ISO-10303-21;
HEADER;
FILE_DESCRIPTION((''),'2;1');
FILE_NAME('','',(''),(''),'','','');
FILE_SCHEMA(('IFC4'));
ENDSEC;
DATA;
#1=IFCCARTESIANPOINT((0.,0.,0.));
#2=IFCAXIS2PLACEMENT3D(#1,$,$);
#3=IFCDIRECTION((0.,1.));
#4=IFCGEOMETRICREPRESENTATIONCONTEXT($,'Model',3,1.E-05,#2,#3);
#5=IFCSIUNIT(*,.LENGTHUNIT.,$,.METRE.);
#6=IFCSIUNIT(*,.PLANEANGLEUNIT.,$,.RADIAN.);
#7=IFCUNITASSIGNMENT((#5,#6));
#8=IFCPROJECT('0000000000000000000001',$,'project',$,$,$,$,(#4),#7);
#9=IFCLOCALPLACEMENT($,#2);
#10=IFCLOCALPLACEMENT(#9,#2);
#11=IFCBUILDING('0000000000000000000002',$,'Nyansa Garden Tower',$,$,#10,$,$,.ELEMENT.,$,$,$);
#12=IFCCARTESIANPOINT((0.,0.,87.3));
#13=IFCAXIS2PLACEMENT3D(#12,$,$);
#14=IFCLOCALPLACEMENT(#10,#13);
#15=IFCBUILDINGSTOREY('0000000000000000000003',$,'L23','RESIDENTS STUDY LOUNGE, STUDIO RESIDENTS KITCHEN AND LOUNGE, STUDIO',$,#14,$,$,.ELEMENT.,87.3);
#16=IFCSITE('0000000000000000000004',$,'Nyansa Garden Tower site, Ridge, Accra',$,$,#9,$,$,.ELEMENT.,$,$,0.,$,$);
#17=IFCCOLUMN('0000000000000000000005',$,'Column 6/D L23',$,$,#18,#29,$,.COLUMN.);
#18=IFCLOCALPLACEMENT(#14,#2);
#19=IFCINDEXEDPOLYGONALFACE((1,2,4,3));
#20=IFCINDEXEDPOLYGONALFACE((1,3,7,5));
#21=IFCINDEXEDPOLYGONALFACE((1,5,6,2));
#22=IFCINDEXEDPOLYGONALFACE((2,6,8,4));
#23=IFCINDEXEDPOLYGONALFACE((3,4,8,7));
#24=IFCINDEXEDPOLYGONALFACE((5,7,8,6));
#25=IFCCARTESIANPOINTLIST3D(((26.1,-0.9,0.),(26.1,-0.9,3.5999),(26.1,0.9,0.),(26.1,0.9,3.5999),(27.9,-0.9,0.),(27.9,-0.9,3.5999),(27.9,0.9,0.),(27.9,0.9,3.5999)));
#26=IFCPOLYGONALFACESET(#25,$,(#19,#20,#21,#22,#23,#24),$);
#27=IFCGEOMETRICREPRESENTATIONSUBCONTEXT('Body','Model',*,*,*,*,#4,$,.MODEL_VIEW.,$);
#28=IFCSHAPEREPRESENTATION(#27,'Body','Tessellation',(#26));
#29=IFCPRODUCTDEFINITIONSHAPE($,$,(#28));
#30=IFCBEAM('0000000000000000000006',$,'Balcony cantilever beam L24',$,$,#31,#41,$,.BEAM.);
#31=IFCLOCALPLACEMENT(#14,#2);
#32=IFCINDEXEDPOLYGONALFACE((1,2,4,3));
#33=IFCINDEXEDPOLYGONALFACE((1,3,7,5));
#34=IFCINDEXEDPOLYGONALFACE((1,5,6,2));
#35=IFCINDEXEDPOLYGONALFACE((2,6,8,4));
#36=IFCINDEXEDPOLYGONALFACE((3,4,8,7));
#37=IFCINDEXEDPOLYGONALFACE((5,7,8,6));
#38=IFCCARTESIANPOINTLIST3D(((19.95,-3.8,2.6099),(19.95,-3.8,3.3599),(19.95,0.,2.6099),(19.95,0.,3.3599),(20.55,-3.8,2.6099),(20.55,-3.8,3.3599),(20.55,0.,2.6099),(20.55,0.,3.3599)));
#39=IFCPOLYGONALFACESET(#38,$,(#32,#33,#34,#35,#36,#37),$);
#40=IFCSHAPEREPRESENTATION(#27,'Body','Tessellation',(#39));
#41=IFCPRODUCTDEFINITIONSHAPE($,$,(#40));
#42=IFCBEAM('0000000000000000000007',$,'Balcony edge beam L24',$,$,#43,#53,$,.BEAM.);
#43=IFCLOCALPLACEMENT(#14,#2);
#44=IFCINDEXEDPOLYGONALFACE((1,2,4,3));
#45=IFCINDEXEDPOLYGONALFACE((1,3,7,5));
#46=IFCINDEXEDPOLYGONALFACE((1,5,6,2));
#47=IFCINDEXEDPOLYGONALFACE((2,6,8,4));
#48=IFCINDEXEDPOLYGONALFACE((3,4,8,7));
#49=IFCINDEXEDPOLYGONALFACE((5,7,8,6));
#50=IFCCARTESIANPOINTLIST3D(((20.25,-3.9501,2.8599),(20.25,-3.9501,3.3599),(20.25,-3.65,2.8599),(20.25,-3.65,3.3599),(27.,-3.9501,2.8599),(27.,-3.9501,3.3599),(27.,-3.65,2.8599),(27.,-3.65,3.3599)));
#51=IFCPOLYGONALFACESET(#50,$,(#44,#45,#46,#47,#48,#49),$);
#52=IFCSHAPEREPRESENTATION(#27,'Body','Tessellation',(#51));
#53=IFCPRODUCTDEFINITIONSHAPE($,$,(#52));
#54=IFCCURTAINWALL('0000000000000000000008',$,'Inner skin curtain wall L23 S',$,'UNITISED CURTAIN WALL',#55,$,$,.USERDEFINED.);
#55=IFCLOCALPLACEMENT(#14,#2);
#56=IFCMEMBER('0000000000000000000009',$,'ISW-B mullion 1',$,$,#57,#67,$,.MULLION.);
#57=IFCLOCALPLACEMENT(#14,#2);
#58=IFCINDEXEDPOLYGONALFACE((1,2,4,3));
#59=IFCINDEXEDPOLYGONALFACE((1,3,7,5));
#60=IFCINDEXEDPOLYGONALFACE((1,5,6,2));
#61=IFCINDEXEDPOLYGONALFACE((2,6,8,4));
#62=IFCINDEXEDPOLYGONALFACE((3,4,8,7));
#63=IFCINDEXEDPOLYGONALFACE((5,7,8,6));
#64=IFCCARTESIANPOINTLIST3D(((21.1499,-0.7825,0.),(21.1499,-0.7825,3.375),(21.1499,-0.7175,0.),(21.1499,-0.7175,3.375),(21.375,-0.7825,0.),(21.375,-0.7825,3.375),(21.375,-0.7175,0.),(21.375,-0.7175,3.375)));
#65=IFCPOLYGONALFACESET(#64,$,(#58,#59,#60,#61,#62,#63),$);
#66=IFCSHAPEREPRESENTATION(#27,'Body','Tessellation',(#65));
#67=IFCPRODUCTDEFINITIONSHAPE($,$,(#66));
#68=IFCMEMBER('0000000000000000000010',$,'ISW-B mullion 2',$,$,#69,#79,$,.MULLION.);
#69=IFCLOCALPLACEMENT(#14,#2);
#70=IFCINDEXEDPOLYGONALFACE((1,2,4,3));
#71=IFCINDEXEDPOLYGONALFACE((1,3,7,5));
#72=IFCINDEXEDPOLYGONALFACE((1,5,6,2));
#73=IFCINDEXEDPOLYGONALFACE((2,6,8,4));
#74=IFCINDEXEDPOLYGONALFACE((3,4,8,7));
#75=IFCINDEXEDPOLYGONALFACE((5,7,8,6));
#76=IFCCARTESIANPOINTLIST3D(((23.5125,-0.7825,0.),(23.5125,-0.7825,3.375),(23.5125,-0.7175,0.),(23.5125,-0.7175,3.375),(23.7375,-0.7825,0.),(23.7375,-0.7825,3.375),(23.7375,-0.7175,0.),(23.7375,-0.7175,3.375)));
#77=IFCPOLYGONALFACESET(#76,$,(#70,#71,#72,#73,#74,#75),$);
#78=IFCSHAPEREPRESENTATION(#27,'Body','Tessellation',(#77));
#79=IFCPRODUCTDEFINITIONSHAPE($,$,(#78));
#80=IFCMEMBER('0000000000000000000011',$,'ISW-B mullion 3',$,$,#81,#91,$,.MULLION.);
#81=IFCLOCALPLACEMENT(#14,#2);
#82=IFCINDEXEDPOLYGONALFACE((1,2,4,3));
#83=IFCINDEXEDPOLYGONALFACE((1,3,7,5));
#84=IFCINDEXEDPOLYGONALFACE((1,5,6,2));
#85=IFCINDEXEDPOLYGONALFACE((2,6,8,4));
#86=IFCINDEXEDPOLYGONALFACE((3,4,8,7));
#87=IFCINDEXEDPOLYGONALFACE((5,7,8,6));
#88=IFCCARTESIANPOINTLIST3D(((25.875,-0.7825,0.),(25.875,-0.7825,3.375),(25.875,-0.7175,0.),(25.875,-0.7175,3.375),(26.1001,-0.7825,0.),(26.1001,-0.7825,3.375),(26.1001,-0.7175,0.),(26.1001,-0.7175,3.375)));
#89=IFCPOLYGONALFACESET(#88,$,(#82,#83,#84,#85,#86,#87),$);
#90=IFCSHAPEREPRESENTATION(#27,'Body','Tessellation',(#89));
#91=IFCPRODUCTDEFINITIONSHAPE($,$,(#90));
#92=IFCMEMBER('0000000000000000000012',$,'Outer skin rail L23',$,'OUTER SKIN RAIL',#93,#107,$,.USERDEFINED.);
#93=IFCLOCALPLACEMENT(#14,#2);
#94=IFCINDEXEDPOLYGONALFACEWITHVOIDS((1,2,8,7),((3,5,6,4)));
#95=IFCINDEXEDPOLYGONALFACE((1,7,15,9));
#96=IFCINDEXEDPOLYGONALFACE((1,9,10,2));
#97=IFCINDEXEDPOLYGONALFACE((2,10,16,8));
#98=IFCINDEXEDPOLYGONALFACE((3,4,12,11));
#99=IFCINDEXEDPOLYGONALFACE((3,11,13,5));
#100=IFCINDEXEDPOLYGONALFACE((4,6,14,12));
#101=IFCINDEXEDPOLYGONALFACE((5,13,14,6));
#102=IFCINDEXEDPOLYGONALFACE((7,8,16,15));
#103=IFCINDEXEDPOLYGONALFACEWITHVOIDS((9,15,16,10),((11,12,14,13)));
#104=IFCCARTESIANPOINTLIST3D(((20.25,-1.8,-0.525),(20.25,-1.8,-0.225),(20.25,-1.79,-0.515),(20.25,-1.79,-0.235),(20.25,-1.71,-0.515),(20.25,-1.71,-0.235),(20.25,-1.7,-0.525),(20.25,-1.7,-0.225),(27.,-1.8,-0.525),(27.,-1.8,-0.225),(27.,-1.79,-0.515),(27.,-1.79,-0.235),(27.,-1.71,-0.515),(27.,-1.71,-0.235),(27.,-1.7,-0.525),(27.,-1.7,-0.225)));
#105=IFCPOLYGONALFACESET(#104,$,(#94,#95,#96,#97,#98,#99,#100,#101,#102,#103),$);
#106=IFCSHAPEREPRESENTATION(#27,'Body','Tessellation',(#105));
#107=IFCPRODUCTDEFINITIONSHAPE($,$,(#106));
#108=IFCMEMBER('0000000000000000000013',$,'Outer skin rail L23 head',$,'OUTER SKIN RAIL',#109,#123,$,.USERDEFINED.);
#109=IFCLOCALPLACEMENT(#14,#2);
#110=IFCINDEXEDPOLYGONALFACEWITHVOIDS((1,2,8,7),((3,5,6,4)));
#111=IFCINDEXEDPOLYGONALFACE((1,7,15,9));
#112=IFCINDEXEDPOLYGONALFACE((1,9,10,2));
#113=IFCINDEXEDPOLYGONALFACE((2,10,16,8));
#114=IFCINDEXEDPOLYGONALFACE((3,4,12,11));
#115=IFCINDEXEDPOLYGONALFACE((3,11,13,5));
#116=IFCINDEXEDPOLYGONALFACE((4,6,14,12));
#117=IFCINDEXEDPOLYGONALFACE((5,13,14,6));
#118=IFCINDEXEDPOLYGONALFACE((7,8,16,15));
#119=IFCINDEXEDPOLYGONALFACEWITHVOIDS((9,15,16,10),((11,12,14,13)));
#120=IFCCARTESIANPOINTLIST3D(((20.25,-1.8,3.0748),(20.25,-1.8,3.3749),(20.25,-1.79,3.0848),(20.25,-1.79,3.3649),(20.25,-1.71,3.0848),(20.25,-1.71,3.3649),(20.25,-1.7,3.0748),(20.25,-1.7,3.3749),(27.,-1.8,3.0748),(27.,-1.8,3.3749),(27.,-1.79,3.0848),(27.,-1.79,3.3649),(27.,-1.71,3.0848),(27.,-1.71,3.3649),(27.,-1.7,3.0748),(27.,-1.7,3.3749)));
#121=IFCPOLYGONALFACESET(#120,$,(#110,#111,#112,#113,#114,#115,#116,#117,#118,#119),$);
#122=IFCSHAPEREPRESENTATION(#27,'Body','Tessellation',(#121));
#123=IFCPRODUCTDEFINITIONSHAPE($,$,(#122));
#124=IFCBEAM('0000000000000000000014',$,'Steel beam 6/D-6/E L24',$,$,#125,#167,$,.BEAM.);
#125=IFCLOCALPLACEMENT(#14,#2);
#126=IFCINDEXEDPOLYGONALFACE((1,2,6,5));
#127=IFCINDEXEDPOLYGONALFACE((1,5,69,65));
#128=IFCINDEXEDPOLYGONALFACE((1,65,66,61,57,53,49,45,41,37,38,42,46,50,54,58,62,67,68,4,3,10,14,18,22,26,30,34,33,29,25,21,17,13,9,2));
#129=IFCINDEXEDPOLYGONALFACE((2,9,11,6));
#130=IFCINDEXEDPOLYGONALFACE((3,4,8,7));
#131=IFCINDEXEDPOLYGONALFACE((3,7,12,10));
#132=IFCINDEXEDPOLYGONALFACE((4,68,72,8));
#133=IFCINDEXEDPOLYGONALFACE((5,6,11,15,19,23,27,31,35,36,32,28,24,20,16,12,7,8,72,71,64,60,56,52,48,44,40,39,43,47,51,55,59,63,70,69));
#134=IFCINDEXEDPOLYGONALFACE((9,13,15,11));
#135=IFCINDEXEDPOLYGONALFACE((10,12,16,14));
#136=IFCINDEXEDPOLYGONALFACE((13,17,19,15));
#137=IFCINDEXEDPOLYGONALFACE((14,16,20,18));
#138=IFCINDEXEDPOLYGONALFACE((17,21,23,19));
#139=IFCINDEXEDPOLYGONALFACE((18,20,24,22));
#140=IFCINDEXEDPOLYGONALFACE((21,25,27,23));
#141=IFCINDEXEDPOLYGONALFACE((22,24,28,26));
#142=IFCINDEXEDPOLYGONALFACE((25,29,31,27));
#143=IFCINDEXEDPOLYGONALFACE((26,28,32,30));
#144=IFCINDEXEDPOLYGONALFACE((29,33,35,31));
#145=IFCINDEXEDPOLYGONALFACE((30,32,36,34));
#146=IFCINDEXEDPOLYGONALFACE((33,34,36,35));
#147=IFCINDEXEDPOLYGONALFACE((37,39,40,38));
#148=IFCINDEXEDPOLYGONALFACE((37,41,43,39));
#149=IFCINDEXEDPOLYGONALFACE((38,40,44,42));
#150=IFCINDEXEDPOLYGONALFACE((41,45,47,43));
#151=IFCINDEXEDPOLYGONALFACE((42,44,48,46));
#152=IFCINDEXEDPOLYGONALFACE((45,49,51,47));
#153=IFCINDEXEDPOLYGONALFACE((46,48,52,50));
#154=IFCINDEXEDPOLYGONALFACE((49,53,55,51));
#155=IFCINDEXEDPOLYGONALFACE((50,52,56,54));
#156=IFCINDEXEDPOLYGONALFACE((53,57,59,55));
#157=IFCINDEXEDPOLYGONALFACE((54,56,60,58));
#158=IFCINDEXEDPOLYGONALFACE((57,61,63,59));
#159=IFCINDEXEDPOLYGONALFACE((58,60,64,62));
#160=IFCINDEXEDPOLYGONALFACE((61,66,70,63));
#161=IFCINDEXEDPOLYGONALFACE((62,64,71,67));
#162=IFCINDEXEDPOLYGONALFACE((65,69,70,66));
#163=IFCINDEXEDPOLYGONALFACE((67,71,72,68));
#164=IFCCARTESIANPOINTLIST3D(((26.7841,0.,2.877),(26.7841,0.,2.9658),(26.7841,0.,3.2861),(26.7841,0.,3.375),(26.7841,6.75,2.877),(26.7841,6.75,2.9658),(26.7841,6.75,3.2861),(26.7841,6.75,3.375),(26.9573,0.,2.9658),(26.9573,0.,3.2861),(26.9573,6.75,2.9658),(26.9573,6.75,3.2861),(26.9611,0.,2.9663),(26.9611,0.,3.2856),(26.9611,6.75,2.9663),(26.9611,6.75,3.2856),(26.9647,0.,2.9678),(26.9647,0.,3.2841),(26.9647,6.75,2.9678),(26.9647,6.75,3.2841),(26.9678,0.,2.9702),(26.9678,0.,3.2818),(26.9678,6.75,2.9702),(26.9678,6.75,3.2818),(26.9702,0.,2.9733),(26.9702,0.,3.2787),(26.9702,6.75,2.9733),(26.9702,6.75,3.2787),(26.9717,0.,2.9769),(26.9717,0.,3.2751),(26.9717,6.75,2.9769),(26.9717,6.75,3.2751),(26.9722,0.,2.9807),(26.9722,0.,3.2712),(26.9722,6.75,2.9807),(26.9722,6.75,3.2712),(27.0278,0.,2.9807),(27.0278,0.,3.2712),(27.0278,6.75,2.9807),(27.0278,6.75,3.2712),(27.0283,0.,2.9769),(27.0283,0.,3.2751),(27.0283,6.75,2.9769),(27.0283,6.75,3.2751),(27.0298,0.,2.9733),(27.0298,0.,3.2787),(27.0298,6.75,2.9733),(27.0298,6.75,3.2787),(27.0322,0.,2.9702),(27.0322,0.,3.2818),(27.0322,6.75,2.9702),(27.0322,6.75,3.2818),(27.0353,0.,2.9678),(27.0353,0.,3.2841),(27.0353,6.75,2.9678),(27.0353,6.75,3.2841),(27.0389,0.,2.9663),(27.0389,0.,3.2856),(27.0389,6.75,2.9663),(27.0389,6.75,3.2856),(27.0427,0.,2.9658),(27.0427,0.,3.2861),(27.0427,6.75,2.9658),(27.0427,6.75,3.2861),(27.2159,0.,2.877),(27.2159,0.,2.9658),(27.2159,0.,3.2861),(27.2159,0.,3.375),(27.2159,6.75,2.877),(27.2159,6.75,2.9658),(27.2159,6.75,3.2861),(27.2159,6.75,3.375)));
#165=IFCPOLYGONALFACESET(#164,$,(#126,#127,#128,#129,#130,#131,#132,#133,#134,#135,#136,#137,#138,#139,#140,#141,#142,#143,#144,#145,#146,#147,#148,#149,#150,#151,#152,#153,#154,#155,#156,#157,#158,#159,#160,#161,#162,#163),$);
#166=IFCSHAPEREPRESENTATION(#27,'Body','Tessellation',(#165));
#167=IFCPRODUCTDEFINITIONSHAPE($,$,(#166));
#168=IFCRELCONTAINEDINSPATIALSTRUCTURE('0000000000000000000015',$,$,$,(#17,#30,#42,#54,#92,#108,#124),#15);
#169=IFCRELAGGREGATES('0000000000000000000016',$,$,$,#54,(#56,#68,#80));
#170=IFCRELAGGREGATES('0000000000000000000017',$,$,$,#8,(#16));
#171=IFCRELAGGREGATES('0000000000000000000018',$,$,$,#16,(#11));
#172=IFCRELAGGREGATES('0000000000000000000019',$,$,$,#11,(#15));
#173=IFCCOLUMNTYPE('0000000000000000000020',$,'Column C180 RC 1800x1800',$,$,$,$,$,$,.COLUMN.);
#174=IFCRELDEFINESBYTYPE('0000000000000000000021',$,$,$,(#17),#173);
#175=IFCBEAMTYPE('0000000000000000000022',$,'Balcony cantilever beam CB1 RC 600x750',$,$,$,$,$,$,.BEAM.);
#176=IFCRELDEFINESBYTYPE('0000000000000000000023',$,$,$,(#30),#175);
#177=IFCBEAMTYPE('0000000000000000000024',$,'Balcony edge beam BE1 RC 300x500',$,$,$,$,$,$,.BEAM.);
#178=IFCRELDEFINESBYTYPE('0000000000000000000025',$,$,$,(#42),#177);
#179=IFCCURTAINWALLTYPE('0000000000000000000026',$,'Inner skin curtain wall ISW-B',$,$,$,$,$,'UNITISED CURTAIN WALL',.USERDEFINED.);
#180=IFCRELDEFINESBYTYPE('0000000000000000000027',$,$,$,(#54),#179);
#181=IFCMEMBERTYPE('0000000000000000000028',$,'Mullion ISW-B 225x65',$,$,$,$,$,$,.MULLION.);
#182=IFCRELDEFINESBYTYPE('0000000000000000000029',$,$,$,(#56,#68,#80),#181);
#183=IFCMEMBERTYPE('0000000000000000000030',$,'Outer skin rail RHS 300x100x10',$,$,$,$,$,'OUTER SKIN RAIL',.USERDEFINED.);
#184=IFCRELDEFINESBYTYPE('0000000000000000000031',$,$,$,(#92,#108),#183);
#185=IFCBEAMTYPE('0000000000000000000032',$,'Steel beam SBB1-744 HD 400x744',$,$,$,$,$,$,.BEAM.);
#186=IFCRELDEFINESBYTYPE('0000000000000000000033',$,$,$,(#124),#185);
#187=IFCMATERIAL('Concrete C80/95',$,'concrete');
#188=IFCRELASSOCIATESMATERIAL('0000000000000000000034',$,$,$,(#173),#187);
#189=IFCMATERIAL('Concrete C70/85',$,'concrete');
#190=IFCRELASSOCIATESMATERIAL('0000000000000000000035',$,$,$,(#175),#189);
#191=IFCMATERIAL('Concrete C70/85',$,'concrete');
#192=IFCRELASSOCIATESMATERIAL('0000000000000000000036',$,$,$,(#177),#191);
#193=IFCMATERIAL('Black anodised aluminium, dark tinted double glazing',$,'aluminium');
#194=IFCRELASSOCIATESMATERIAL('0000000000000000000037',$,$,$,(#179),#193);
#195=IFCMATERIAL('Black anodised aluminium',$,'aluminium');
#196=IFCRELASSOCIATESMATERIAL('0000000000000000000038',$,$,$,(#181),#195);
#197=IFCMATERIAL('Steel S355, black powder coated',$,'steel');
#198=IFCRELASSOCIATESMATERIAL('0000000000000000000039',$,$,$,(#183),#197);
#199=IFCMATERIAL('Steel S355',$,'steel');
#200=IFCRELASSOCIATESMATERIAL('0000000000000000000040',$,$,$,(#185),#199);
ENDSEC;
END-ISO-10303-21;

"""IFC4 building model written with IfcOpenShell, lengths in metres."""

from ifc_helpers import new_model, si_unit, direction, frame, origin, origin_2d, place, context, subcontext, project, spatial, rectangle, hollow_rectangle, i_section, extrude, material, material_profile, profile_set, type_object, element, aggregate, save


model = new_model("IFC4")

# Units and contexts
model_context = context("Model", 3, precision=1e-05, world=origin(), true_north=direction((0.0, 1.0)))
body_context = subcontext(model_context, "Body", "Model", "MODEL_VIEW")
ifc_project = project(units=[si_unit("LENGTHUNIT", "METRE"), si_unit("PLANEANGLEUNIT", "RADIAN")], contexts=[model_context])

# Site, building, storey
site_placement = place(None, origin())
site = spatial("IfcSite", under=ifc_project, at=site_placement, Name="Nyansa Garden Tower site, Ridge, Accra", CompositionType="ELEMENT", RefElevation=0.0)
building_placement = place(site_placement, origin())
building = spatial("IfcBuilding", under=site, at=building_placement, Name="Nyansa Garden Tower", CompositionType="ELEMENT")
storey_placement = place(building_placement, frame((0.0, 0.0, 87.3)))
storey = spatial("IfcBuildingStorey", under=building, at=storey_placement, Name="L23", Description="RESIDENTS STUDY LOUNGE, STUDIO RESIDENTS KITCHEN AND LOUNGE, STUDIO", CompositionType="ELEMENT", Elevation=87.3)

# Column
ifc_material_1 = material(Name="Concrete C80/95", Category="concrete")
ifc_material_profile_1 = material_profile(ifc_material_1, rectangle(XDim=1.8, YDim=1.8, at=origin_2d()), Name="RC 1800x1800")
ifc_profile_set_1 = profile_set([ifc_material_profile_1], Name="Concrete C80/95")
column_type = type_object("IfcColumnType", Name="Column C180 RC 1800x1800", PredefinedType="COLUMN", material=ifc_profile_set_1)
column_placement = place(storey_placement, frame((27.0, 0.0, 0.0), z_axis=(0.0, 0.0, 1.0), x_axis=(1.0, 0.0, 0.0)))
element("IfcColumn", 1, at=column_placement, inside=storey, type_object=column_type, Name="Column 6/D L23", PredefinedType="COLUMN", context=body_context, shape_type="SweptSolid", body=[
    extrude(rectangle(XDim=1.8, YDim=1.8, at=origin_2d()), origin(), (0.0, 0.0, 1.0), 3.5999),
])

# Beams
ifc_material_2 = material(Name="Concrete C70/85", Category="concrete")
ifc_material_profile_2 = material_profile(ifc_material_2, rectangle(XDim=0.6001, YDim=0.75, at=origin_2d()), Name="RC 600x750")
ifc_profile_set_2 = profile_set([ifc_material_profile_2], Name="Concrete C70/85")
beam_type_1 = type_object("IfcBeamType", Name="Balcony cantilever beam CB1 RC 600x750", PredefinedType="BEAM", material=ifc_profile_set_2)
beam_1_placement = place(storey_placement, frame((20.25, 0.0, 2.9849), z_axis=(0.0, -1.0, 0.0), x_axis=(1.0, 0.0, 0.0)))
element("IfcBeam", 2, at=beam_1_placement, inside=storey, type_object=beam_type_1, Name="Balcony cantilever beam L24", PredefinedType="BEAM", context=body_context, shape_type="SweptSolid", body=[
    extrude(rectangle(XDim=0.6001, YDim=0.75, at=origin_2d()), origin(), (0.0, 0.0, 1.0), 3.8),
])
ifc_material_3 = material(Name="Concrete C70/85", Category="concrete")
ifc_material_profile_3 = material_profile(ifc_material_3, rectangle(XDim=0.3, YDim=0.5, at=origin_2d()), Name="RC 300x500")
ifc_profile_set_3 = profile_set([ifc_material_profile_3], Name="Concrete C70/85")
beam_type_2 = type_object("IfcBeamType", Name="Balcony edge beam BE1 RC 300x500", PredefinedType="BEAM", material=ifc_profile_set_3)
beam_2_placement = place(storey_placement, frame((20.25, -3.8, 3.1099), z_axis=(1.0, 0.0, 0.0), x_axis=(0.0, 1.0, 0.0)))
element("IfcBeam", 3, at=beam_2_placement, inside=storey, type_object=beam_type_2, Name="Balcony edge beam L24", PredefinedType="BEAM", context=body_context, shape_type="SweptSolid", body=[
    extrude(rectangle(XDim=0.3, YDim=0.5, at=origin_2d()), origin(), (0.0, 0.0, 1.0), 6.75),
])

# Curtain wall, members
ifc_material_4 = material(Name="Black anodised aluminium, dark tinted double glazing", Category="aluminium")
curtain_wall_type = type_object("IfcCurtainWallType", Name="Inner skin curtain wall ISW-B", ElementType="UNITISED CURTAIN WALL", PredefinedType="USERDEFINED", material=ifc_material_4)
curtain_wall_placement = place(storey_placement, origin())
curtain_wall = element("IfcCurtainWall", 4, at=curtain_wall_placement, inside=storey, type_object=curtain_wall_type, Name="Inner skin curtain wall L23 S", ObjectType="UNITISED CURTAIN WALL", PredefinedType="USERDEFINED")
ifc_material_5 = material(Name="Black anodised aluminium", Category="aluminium")
ifc_material_profile_4 = material_profile(ifc_material_5, rectangle(XDim=0.0649, YDim=0.2251, at=origin_2d()), Name="Mullion 225x65")
ifc_profile_set_4 = profile_set([ifc_material_profile_4], Name="Black anodised aluminium")
member_type_1 = type_object("IfcMemberType", Name="Mullion ISW-B 225x65", PredefinedType="MULLION", material=ifc_profile_set_4)
member_1_placement = place(storey_placement, frame((21.2625, -0.75, 0.0), z_axis=(0.0, 0.0, 1.0), x_axis=(0.0, 1.0, 0.0)))
member_1 = element("IfcMember", 5, at=member_1_placement, type_object=member_type_1, Name="ISW-B mullion 1", PredefinedType="MULLION", context=body_context, shape_type="SweptSolid", body=[
    extrude(rectangle(XDim=0.0649, YDim=0.2251, at=origin_2d()), origin(), (0.0, 0.0, 1.0), 3.375),
])
member_2_placement = place(storey_placement, frame((23.625, -0.75, 0.0), z_axis=(0.0, 0.0, 1.0), x_axis=(0.0, 1.0, 0.0)))
member_2 = element("IfcMember", 6, at=member_2_placement, type_object=member_type_1, Name="ISW-B mullion 2", PredefinedType="MULLION", context=body_context, shape_type="SweptSolid", body=[
    extrude(rectangle(XDim=0.0649, YDim=0.2251, at=origin_2d()), origin(), (0.0, 0.0, 1.0), 3.375),
])
member_3_placement = place(storey_placement, frame((25.9875, -0.75, 0.0), z_axis=(0.0, 0.0, 1.0), x_axis=(0.0, 1.0, 0.0)))
member_3 = element("IfcMember", 7, at=member_3_placement, type_object=member_type_1, Name="ISW-B mullion 3", PredefinedType="MULLION", context=body_context, shape_type="SweptSolid", body=[
    extrude(rectangle(XDim=0.0649, YDim=0.2251, at=origin_2d()), origin(), (0.0, 0.0, 1.0), 3.375),
])

# Members
ifc_material_6 = material(Name="Steel S355, black powder coated", Category="steel")
ifc_material_profile_5 = material_profile(ifc_material_6, hollow_rectangle(XDim=0.1001, YDim=0.3, WallThickness=0.01, at=origin_2d()), Name="RHS 300x100x10")
ifc_profile_set_5 = profile_set([ifc_material_profile_5], Name="Steel S355, black powder coated")
member_type_2 = type_object("IfcMemberType", Name="Outer skin rail RHS 300x100x10", ElementType="OUTER SKIN RAIL", PredefinedType="USERDEFINED", material=ifc_profile_set_5)
for number, where, z_axis, x_axis, name in (
    (8, (20.25, -1.75, -0.375), (1.0, 0.0, 0.0), (0.0, 1.0, 0.0), "Outer skin rail L23"),
    (9, (20.25, -1.75, 3.2249), (1.0, 0.0, 0.0), (0.0, 1.0, 0.0), "Outer skin rail L23 head"),
):
    element("IfcMember", number, at=place(storey_placement, frame(where, z_axis=z_axis, x_axis=x_axis)), inside=storey, type_object=member_type_2, Name=name, ObjectType="OUTER SKIN RAIL", PredefinedType="USERDEFINED", context=body_context, shape_type="SweptSolid", body=[
        extrude(hollow_rectangle(XDim=0.1001, YDim=0.3, WallThickness=0.01, at=origin_2d()), origin(), (0.0, 0.0, 1.0), 6.75),
    ])

# Beam
ifc_material_7 = material(Name="Steel S355", Category="steel")
ifc_material_profile_6 = material_profile(ifc_material_7, i_section(OverallWidth=0.4319, OverallDepth=0.498, WebThickness=0.0557, FlangeThickness=0.0889, FilletRadius=0.0149, at=origin_2d()), Name="HD 400x744")
ifc_profile_set_6 = profile_set([ifc_material_profile_6], Name="Steel S355")
beam_type_3 = type_object("IfcBeamType", Name="Steel beam SBB1-744 HD 400x744", PredefinedType="BEAM", material=ifc_profile_set_6)
beam_3_placement = place(storey_placement, frame((27.0, 0.0, 3.126), z_axis=(0.0, 1.0, 0.0), x_axis=(-1.0, 0.0, 0.0)))
element("IfcBeam", 10, at=beam_3_placement, inside=storey, type_object=beam_type_3, Name="Steel beam 6/D-6/E L24", PredefinedType="BEAM", context=body_context, shape_type="SweptSolid", body=[
    extrude(i_section(OverallWidth=0.4319, OverallDepth=0.498, WebThickness=0.0557, FlangeThickness=0.0889, FilletRadius=0.0149, at=origin_2d()), origin(), (0.0, 0.0, 1.0), 6.75),
])

aggregate(curtain_wall, [member_1, member_2, member_3])

save(model, "model.ifc")
